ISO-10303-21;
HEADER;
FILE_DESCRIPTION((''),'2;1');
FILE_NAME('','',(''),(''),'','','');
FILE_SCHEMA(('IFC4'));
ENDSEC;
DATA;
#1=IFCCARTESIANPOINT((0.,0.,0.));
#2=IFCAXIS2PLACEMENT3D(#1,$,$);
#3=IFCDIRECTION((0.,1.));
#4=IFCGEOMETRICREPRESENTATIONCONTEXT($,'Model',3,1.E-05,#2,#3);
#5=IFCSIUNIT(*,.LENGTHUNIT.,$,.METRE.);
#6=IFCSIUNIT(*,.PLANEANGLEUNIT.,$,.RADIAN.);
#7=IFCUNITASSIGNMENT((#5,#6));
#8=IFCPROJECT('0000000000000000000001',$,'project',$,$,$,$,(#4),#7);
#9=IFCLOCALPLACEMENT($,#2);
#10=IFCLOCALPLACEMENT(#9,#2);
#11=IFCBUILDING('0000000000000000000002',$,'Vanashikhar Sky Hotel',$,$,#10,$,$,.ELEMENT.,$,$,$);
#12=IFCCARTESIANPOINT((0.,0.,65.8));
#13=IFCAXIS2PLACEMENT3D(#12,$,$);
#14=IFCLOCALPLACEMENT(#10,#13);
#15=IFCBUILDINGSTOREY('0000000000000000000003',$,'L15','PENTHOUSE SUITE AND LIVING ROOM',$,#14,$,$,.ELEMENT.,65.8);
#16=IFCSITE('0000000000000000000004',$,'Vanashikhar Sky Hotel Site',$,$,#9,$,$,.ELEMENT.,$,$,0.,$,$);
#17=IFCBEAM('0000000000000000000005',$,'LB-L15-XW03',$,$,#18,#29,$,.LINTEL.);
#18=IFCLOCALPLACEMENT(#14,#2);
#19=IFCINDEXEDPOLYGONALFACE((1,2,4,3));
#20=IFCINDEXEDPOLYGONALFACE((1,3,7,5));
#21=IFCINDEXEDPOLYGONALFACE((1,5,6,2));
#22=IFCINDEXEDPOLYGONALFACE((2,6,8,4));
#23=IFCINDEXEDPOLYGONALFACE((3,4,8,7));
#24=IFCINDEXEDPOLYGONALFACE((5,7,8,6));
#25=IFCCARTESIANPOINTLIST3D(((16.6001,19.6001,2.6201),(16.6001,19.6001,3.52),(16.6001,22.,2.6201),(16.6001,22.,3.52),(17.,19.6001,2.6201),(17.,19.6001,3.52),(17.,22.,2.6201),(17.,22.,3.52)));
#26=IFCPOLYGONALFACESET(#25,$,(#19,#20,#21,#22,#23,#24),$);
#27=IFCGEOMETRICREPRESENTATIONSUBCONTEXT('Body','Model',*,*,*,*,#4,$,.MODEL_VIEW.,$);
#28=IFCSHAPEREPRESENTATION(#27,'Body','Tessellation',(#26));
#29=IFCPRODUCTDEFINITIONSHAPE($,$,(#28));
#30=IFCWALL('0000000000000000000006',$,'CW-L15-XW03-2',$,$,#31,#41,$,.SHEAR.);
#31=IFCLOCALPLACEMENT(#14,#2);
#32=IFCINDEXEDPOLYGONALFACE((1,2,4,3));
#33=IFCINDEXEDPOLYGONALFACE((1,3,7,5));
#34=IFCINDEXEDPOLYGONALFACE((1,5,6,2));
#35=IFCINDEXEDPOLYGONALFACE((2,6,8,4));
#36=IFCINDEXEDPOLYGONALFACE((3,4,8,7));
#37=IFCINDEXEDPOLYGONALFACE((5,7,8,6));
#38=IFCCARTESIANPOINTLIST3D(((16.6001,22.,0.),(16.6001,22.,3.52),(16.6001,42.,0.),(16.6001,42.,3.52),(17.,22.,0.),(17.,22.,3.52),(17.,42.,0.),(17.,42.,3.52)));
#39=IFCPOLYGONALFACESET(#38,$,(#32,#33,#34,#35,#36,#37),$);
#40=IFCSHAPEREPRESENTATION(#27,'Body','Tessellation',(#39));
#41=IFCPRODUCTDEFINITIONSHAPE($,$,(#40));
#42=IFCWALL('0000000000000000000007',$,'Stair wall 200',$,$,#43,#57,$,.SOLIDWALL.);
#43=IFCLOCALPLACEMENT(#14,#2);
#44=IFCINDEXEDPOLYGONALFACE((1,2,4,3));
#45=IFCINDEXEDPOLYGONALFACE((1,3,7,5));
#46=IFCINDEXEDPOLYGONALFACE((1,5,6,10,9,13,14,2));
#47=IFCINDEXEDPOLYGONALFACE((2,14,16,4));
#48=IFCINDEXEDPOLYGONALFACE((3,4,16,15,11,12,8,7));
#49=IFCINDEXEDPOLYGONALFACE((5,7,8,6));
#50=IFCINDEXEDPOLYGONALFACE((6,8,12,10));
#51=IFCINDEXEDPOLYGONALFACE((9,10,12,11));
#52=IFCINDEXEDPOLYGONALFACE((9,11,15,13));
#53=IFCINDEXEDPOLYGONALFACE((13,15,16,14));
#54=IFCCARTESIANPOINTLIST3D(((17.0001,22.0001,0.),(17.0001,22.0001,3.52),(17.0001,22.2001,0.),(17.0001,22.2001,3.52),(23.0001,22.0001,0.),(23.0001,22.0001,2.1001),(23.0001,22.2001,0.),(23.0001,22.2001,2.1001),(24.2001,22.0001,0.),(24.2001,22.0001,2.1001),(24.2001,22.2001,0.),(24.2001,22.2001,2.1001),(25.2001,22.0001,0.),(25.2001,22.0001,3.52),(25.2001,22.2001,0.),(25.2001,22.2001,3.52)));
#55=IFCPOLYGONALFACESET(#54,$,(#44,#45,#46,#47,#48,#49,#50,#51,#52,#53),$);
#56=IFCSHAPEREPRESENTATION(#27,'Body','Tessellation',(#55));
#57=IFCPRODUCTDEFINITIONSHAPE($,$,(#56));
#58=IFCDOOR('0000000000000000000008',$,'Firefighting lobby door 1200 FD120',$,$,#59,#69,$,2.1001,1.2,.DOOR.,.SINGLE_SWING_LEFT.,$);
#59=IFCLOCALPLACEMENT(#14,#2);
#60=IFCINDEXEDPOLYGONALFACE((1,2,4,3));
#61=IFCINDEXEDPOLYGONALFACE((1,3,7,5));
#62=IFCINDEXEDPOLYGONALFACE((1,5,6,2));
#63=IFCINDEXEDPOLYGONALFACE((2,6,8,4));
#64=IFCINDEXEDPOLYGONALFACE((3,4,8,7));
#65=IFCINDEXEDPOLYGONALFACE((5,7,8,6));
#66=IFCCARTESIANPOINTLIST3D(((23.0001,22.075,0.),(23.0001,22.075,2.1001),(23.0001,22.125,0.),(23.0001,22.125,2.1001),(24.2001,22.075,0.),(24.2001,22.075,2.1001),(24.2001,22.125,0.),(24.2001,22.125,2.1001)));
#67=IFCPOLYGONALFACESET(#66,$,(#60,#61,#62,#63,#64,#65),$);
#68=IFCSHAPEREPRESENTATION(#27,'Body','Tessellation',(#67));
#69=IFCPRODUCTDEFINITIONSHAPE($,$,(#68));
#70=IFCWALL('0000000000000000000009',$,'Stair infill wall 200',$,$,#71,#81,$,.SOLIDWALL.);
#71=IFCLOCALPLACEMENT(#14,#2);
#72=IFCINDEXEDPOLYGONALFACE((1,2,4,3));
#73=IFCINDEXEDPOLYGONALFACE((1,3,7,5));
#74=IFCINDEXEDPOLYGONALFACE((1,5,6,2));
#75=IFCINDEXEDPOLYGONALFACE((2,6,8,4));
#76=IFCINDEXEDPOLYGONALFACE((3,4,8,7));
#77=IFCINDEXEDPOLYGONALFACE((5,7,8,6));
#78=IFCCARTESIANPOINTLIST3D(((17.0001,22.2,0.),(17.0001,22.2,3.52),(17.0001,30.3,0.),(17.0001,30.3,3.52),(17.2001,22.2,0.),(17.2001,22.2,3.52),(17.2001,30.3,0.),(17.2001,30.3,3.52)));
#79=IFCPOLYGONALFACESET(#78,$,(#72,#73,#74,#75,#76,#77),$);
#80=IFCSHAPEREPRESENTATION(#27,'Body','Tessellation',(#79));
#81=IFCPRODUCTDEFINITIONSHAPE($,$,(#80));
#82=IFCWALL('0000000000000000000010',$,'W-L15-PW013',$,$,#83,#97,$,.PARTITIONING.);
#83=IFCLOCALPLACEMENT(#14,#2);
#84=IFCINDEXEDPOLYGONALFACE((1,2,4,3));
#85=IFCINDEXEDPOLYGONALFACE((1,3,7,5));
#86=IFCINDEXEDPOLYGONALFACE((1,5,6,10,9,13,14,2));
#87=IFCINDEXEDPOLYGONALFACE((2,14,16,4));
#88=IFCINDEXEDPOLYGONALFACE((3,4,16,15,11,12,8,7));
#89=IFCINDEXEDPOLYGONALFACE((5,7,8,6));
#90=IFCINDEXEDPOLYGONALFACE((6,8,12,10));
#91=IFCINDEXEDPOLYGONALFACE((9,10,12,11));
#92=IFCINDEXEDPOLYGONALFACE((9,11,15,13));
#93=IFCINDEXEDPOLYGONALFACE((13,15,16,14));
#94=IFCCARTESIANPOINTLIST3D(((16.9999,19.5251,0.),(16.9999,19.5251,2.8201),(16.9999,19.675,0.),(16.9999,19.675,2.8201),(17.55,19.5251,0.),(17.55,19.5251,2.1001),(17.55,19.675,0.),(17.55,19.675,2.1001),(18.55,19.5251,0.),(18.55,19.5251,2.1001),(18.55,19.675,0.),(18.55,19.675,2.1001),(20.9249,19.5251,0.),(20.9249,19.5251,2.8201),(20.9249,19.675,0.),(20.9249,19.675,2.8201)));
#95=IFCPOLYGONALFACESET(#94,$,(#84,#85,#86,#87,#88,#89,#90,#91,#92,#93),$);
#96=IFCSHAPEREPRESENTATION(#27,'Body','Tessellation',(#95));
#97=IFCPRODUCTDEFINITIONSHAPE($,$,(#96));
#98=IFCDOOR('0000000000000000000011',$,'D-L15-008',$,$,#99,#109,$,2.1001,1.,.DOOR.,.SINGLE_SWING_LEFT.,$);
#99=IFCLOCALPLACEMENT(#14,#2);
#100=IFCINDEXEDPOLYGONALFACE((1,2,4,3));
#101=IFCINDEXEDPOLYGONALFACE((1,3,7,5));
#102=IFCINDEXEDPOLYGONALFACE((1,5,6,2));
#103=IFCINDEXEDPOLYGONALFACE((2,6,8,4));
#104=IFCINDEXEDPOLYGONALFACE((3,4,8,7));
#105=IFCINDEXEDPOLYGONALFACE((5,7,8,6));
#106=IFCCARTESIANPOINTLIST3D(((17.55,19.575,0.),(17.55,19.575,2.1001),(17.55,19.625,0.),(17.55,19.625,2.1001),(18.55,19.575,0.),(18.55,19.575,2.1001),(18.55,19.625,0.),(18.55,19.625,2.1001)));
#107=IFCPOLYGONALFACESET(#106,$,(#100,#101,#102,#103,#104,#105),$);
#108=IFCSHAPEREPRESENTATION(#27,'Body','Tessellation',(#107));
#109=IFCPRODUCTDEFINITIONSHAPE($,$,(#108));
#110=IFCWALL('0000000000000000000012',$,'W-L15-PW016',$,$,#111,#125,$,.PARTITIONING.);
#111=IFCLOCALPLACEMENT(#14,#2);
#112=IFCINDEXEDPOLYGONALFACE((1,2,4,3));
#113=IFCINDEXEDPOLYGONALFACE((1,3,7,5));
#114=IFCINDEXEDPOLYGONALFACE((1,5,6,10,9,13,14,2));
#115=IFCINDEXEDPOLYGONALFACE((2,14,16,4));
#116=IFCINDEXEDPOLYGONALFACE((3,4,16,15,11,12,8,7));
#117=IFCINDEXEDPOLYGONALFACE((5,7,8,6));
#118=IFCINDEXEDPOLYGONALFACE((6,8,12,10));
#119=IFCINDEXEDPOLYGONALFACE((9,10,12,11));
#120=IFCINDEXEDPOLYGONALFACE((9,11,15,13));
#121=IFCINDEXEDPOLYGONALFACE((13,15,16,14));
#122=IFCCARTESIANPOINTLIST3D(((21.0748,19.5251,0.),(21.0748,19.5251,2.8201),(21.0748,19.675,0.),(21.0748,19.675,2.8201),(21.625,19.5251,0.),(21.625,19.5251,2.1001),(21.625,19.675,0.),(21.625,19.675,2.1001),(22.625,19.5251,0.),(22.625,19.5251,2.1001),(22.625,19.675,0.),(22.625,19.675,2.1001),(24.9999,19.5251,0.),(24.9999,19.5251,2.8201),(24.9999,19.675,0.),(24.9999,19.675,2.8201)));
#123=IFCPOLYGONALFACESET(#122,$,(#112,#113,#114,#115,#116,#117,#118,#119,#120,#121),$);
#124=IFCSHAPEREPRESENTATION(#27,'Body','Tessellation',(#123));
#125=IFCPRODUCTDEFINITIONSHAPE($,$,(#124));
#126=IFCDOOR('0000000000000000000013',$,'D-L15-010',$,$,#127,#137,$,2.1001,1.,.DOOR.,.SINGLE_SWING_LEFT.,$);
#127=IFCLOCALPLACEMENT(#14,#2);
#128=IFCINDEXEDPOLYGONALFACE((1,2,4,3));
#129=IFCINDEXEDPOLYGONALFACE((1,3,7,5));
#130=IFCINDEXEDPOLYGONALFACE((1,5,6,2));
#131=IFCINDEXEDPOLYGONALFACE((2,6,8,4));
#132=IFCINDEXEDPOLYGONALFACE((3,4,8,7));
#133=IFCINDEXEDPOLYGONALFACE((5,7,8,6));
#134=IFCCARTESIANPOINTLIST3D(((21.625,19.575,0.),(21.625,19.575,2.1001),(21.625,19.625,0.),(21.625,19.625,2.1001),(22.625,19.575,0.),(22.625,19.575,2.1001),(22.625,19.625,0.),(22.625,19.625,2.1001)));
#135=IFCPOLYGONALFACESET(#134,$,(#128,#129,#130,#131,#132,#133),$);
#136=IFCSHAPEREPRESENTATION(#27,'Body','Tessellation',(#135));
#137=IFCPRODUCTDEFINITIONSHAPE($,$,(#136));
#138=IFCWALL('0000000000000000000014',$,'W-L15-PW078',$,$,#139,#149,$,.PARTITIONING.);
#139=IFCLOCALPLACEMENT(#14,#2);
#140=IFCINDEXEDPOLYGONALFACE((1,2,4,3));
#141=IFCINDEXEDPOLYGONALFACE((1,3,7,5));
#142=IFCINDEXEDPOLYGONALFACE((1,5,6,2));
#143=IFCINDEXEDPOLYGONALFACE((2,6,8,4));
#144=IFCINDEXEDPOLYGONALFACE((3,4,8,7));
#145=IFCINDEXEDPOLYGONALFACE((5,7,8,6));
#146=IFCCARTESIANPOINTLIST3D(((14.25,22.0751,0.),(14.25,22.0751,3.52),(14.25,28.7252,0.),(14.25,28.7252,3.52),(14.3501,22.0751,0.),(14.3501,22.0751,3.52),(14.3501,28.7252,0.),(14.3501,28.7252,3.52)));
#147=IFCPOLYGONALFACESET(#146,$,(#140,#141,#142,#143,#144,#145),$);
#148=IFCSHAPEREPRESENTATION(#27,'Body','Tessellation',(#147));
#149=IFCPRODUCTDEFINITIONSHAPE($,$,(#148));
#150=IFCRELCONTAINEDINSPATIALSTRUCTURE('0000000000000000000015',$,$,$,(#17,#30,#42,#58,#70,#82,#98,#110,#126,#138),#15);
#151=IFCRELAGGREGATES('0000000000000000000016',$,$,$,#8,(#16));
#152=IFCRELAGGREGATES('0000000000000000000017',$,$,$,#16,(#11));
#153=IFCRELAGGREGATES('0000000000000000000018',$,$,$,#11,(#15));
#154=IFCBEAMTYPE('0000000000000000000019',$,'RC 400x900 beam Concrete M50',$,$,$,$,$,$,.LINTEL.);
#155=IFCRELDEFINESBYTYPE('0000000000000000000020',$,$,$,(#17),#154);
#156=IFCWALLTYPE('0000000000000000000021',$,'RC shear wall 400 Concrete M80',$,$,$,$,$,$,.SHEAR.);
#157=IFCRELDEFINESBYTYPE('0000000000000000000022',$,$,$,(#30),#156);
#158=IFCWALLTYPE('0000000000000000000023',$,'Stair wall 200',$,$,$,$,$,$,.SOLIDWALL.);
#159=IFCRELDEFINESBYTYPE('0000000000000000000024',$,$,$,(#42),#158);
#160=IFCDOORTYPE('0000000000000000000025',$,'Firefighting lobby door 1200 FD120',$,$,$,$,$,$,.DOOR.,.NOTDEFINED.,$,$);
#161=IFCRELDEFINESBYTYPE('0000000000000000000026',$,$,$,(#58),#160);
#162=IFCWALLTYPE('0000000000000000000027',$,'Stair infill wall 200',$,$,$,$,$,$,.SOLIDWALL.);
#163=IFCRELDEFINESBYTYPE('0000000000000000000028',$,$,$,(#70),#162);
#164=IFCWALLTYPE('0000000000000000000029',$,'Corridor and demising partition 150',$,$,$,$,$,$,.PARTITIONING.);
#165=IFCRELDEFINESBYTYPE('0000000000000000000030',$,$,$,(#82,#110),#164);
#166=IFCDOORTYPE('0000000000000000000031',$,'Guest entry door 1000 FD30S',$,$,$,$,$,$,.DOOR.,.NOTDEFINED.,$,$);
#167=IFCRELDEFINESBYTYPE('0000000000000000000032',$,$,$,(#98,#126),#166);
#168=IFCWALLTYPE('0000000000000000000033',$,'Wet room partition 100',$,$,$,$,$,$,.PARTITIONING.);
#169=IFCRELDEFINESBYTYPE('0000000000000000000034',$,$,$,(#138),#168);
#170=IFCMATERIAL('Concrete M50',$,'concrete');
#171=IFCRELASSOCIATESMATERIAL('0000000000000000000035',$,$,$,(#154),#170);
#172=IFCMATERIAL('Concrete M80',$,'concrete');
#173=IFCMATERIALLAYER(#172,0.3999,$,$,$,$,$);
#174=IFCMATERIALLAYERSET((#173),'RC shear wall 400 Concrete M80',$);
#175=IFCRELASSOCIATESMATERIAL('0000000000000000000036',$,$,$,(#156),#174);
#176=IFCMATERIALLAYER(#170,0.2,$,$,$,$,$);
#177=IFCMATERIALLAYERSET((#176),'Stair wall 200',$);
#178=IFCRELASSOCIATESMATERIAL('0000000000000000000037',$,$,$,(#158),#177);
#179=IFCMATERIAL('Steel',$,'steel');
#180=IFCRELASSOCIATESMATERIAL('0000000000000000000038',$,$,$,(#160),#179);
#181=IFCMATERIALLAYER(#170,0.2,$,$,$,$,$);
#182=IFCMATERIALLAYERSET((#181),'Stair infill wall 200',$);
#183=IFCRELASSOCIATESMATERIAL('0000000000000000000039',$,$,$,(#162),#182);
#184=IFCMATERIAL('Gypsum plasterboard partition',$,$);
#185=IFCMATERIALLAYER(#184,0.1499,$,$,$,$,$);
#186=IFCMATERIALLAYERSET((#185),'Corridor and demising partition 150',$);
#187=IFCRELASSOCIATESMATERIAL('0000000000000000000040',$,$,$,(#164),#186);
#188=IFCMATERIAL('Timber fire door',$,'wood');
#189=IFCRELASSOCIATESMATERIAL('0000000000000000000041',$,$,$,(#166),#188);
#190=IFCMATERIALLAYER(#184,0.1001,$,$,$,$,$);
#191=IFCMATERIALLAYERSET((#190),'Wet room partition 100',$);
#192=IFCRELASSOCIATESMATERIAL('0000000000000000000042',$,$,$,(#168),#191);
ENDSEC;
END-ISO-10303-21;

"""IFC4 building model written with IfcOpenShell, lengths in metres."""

from ifc_helpers import new_model, si_unit, direction, frame, frame_2d, origin, origin_2d, place, context, subcontext, project, spatial, rectangle, extrude, source, transform, mapped, material, layer, layer_set, material_profile, profile_set, type_object, element, fill, save


model = new_model("IFC4")

# Units and contexts
model_context = context("Model", 3, precision=1e-05, world=origin(), true_north=direction((0.0, 1.0)))
body_context = subcontext(model_context, "Body", "Model", "MODEL_VIEW")
ifc_project = project(units=[si_unit("LENGTHUNIT", "METRE"), si_unit("PLANEANGLEUNIT", "RADIAN")], contexts=[model_context])

# Site, building, storey
site_placement = place(None, origin())
site = spatial("IfcSite", under=ifc_project, at=site_placement, Name="Vanashikhar Sky Hotel Site", CompositionType="ELEMENT", RefElevation=0.0)
building_placement = place(site_placement, origin())
building = spatial("IfcBuilding", under=site, at=building_placement, Name="Vanashikhar Sky Hotel", CompositionType="ELEMENT")
storey_placement = place(building_placement, frame((0.0, 0.0, 65.8)))
storey = spatial("IfcBuildingStorey", under=building, at=storey_placement, Name="L15", Description="PENTHOUSE SUITE AND LIVING ROOM", CompositionType="ELEMENT", Elevation=65.8)

# Beam
ifc_material_1 = material(Name="Concrete M50", Category="concrete")
ifc_material_profile = material_profile(ifc_material_1, rectangle(XDim=0.3999, YDim=0.8999, at=origin_2d()))
ifc_profile_set = profile_set([ifc_material_profile], Name="RC 400x900 beam Concrete M50")
beam_type = type_object("IfcBeamType", Name="RC 400x900 beam Concrete M50", PredefinedType="LINTEL", material=ifc_profile_set)
shared_shape_1 = source(origin(), body_context, "Body", "SweptSolid", [
    extrude(rectangle(XDim=0.3999, YDim=0.8999, at=origin_2d()), origin(), (0.0, 0.0, 1.0), 2.3999),
])
beam_placement = place(storey_placement, frame((16.8, 19.6001, 3.0701), z_axis=(0.0, 1.0, 0.0), x_axis=(-1.0, 0.0, 0.0)))
element("IfcBeam", 1, at=beam_placement, inside=storey, type_object=beam_type, Name="LB-L15-XW03", PredefinedType="LINTEL", context=body_context, shape_type="MappedRepresentation", body=[
    mapped(shared_shape_1, transform((0.0, 0.0, 0.0), scale=1.0)),
])

# Wall
ifc_material_2 = material(Name="Concrete M80", Category="concrete")
ifc_layer_1 = layer(ifc_material_2, 0.3999)
ifc_layer_set_1 = layer_set([ifc_layer_1], Name="RC shear wall 400 Concrete M80")
wall_type_1 = type_object("IfcWallType", Name="RC shear wall 400 Concrete M80", PredefinedType="SHEAR", material=ifc_layer_set_1)
shared_shape_2 = source(origin(), body_context, "Body", "SweptSolid", [
    extrude(rectangle(XDim=20.0, YDim=0.3999, at=frame_2d((10.0, 0.0))), origin(), (0.0, 0.0, 1.0), 3.52),
])
wall_1_placement = place(storey_placement, frame((16.8, 22.0, 0.0), z_axis=(0.0, 0.0, 1.0), x_axis=(0.0, 1.0, 0.0)))
element("IfcWall", 2, at=wall_1_placement, inside=storey, type_object=wall_type_1, Name="CW-L15-XW03-2", PredefinedType="SHEAR", context=body_context, shape_type="MappedRepresentation", body=[
    mapped(shared_shape_2, transform((0.0, 0.0, 0.0), scale=1.0)),
])

# Wall, opening, door
ifc_layer_2 = layer(ifc_material_1, 0.2)
ifc_layer_set_2 = layer_set([ifc_layer_2], Name="Stair wall 200")
wall_type_2 = type_object("IfcWallType", Name="Stair wall 200", PredefinedType="SOLIDWALL", material=ifc_layer_set_2)
shared_shape_3 = source(origin(), body_context, "Body", "SweptSolid", [
    extrude(rectangle(XDim=8.2, YDim=0.2, at=frame_2d((4.1001, 0.0))), origin(), (0.0, 0.0, 1.0), 3.52),
])
wall_2_placement = place(storey_placement, frame((17.0, 22.1001, 0.0), z_axis=(0.0, 0.0, 1.0), x_axis=(1.0, 0.0, 0.0)))
wall_2 = element("IfcWall", 3, at=wall_2_placement, inside=storey, type_object=wall_type_2, Name="Stair wall 200", PredefinedType="SOLIDWALL", context=body_context, shape_type="MappedRepresentation", body=[
    mapped(shared_shape_3, transform((0.0, 0.0, 0.0), scale=1.0)),
])
shared_shape_4 = source(origin(), body_context, "Body", "SweptSolid", [
    extrude(rectangle(XDim=1.2, YDim=2.1001, at=frame_2d((0.6001, 1.05))), frame((0.0, 0.1099, 0.0), z_axis=(0.0, -1.0, 0.0), x_axis=(1.0, 0.0, 0.0)), (0.0, 0.0, 1.0), 0.22),
])
opening_1_placement = place(wall_2_placement, frame((6.0, 0.0, 0.0)))
opening_1 = element("IfcOpeningElement", 4, at=opening_1_placement, cuts=wall_2, PredefinedType="OPENING", context=body_context, shape_type="MappedRepresentation", body=[
    mapped(shared_shape_4, transform((0.0, 0.0, 0.0), scale=1.0)),
])
ifc_material_3 = material(Name="Steel", Category="steel")
door_type_1 = type_object("IfcDoorType", Name="Firefighting lobby door 1200 FD120", OperationType="NOTDEFINED", PredefinedType="DOOR", material=ifc_material_3)
shared_shape_5 = source(origin(), body_context, "Body", "SweptSolid", [
    extrude(rectangle(XDim=1.2, YDim=2.1001, at=frame_2d((0.6001, 1.05))), frame((0.0, 0.0249, 0.0), z_axis=(0.0, -1.0, 0.0), x_axis=(1.0, 0.0, 0.0)), (0.0, 0.0, 1.0), 0.05),
])
door_1_placement = place(opening_1_placement, origin())
door_1 = element("IfcDoor", 5, at=door_1_placement, inside=storey, type_object=door_type_1, Name="Firefighting lobby door 1200 FD120", OperationType="SINGLE_SWING_LEFT", OverallHeight=2.1001, OverallWidth=1.2, PredefinedType="DOOR", context=body_context, shape_type="MappedRepresentation", body=[
    mapped(shared_shape_5, transform((0.0, 0.0, 0.0), scale=1.0)),
])
fill(opening_1, door_1)

# Wall
ifc_layer_3 = layer(ifc_material_1, 0.2)
ifc_layer_set_3 = layer_set([ifc_layer_3], Name="Stair infill wall 200")
wall_type_3 = type_object("IfcWallType", Name="Stair infill wall 200", PredefinedType="SOLIDWALL", material=ifc_layer_set_3)
shared_shape_6 = source(origin(), body_context, "Body", "SweptSolid", [
    extrude(rectangle(XDim=8.1001, YDim=0.2, at=frame_2d((4.05, 0.0))), origin(), (0.0, 0.0, 1.0), 3.52),
])
wall_3_placement = place(storey_placement, frame((17.1001, 22.2, 0.0), z_axis=(0.0, 0.0, 1.0), x_axis=(0.0, 1.0, 0.0)))
element("IfcWall", 6, at=wall_3_placement, inside=storey, type_object=wall_type_3, Name="Stair infill wall 200", PredefinedType="SOLIDWALL", context=body_context, shape_type="MappedRepresentation", body=[
    mapped(shared_shape_6, transform((0.0, 0.0, 0.0), scale=1.0)),
])

# Walls, openings, doors
ifc_material_4 = material(Name="Gypsum plasterboard partition")
ifc_layer_4 = layer(ifc_material_4, 0.1499)
ifc_layer_set_4 = layer_set([ifc_layer_4], Name="Corridor and demising partition 150")
wall_type_4 = type_object("IfcWallType", Name="Corridor and demising partition 150", PredefinedType="PARTITIONING", material=ifc_layer_set_4)
shared_shape_7 = source(origin(), body_context, "Body", "SweptSolid", [
    extrude(rectangle(XDim=3.925, YDim=0.1499, at=frame_2d((1.9624, 0.0))), origin(), (0.0, 0.0, 1.0), 2.8201),
])
wall_4_placement = place(storey_placement, frame((17.0, 19.6001, 0.0), z_axis=(0.0, 0.0, 1.0), x_axis=(1.0, 0.0, 0.0)))
wall_4 = element("IfcWall", 7, at=wall_4_placement, inside=storey, type_object=wall_type_4, Name="W-L15-PW013", PredefinedType="PARTITIONING", context=body_context, shape_type="MappedRepresentation", body=[
    mapped(shared_shape_7, transform((0.0, 0.0, 0.0), scale=1.0)),
])
shared_shape_8 = source(origin(), body_context, "Body", "SweptSolid", [
    extrude(rectangle(XDim=1.0, YDim=2.1001, at=frame_2d((0.5, 1.05))), frame((0.0, 0.085, 0.0), z_axis=(0.0, -1.0, 0.0), x_axis=(1.0, 0.0, 0.0)), (0.0, 0.0, 1.0), 0.1699),
])
opening_2_placement = place(wall_4_placement, frame((0.55, 0.0, 0.0)))
opening_2 = element("IfcOpeningElement", 8, at=opening_2_placement, cuts=wall_4, PredefinedType="OPENING", context=body_context, shape_type="MappedRepresentation", body=[
    mapped(shared_shape_8, transform((0.0, 0.0, 0.0), scale=1.0)),
])
ifc_material_5 = material(Name="Timber fire door", Category="wood")
door_type_2 = type_object("IfcDoorType", Name="Guest entry door 1000 FD30S", OperationType="NOTDEFINED", PredefinedType="DOOR", material=ifc_material_5)
shared_shape_9 = source(origin(), body_context, "Body", "SweptSolid", [
    extrude(rectangle(XDim=1.0, YDim=2.1001, at=frame_2d((0.5, 1.05))), frame((0.0, 0.0249, 0.0), z_axis=(0.0, -1.0, 0.0), x_axis=(1.0, 0.0, 0.0)), (0.0, 0.0, 1.0), 0.05),
])
door_2_placement = place(opening_2_placement, origin())
door_2 = element("IfcDoor", 9, at=door_2_placement, inside=storey, type_object=door_type_2, Name="D-L15-008", OperationType="SINGLE_SWING_LEFT", OverallHeight=2.1001, OverallWidth=1.0, PredefinedType="DOOR", context=body_context, shape_type="MappedRepresentation", body=[
    mapped(shared_shape_9, transform((0.0, 0.0, 0.0), scale=1.0)),
])
fill(opening_2, door_2)
wall_5_placement = place(storey_placement, frame((21.075, 19.6001, 0.0), z_axis=(0.0, 0.0, 1.0), x_axis=(1.0, 0.0, 0.0)))
wall_5 = element("IfcWall", 10, at=wall_5_placement, inside=storey, type_object=wall_type_4, Name="W-L15-PW016", PredefinedType="PARTITIONING", context=body_context, shape_type="MappedRepresentation", body=[
    mapped(shared_shape_7, transform((0.0, 0.0, 0.0), scale=1.0)),
])
opening_3_placement = place(wall_5_placement, frame((0.55, 0.0, 0.0)))
opening_3 = element("IfcOpeningElement", 11, at=opening_3_placement, cuts=wall_5, PredefinedType="OPENING", context=body_context, shape_type="MappedRepresentation", body=[
    mapped(shared_shape_8, transform((0.0, 0.0, 0.0), scale=1.0)),
])
door_3_placement = place(opening_3_placement, origin())
door_3 = element("IfcDoor", 12, at=door_3_placement, inside=storey, type_object=door_type_2, Name="D-L15-010", OperationType="SINGLE_SWING_LEFT", OverallHeight=2.1001, OverallWidth=1.0, PredefinedType="DOOR", context=body_context, shape_type="MappedRepresentation", body=[
    mapped(shared_shape_9, transform((0.0, 0.0, 0.0), scale=1.0)),
])
fill(opening_3, door_3)

# Wall
ifc_layer_5 = layer(ifc_material_4, 0.1001)
ifc_layer_set_5 = layer_set([ifc_layer_5], Name="Wet room partition 100")
wall_type_5 = type_object("IfcWallType", Name="Wet room partition 100", PredefinedType="PARTITIONING", material=ifc_layer_set_5)
shared_shape_10 = source(origin(), body_context, "Body", "SweptSolid", [
    extrude(rectangle(XDim=6.6501, YDim=0.1001, at=frame_2d((3.3252, 0.0))), origin(), (0.0, 0.0, 1.0), 3.52),
])
wall_6_placement = place(storey_placement, frame((14.3, 22.075, 0.0), z_axis=(0.0, 0.0, 1.0), x_axis=(0.0, 1.0, 0.0)))
element("IfcWall", 13, at=wall_6_placement, inside=storey, type_object=wall_type_5, Name="W-L15-PW078", PredefinedType="PARTITIONING", context=body_context, shape_type="MappedRepresentation", body=[
    mapped(shared_shape_10, transform((0.0, 0.0, 0.0), scale=1.0)),
])

save(model, "model.ifc")
